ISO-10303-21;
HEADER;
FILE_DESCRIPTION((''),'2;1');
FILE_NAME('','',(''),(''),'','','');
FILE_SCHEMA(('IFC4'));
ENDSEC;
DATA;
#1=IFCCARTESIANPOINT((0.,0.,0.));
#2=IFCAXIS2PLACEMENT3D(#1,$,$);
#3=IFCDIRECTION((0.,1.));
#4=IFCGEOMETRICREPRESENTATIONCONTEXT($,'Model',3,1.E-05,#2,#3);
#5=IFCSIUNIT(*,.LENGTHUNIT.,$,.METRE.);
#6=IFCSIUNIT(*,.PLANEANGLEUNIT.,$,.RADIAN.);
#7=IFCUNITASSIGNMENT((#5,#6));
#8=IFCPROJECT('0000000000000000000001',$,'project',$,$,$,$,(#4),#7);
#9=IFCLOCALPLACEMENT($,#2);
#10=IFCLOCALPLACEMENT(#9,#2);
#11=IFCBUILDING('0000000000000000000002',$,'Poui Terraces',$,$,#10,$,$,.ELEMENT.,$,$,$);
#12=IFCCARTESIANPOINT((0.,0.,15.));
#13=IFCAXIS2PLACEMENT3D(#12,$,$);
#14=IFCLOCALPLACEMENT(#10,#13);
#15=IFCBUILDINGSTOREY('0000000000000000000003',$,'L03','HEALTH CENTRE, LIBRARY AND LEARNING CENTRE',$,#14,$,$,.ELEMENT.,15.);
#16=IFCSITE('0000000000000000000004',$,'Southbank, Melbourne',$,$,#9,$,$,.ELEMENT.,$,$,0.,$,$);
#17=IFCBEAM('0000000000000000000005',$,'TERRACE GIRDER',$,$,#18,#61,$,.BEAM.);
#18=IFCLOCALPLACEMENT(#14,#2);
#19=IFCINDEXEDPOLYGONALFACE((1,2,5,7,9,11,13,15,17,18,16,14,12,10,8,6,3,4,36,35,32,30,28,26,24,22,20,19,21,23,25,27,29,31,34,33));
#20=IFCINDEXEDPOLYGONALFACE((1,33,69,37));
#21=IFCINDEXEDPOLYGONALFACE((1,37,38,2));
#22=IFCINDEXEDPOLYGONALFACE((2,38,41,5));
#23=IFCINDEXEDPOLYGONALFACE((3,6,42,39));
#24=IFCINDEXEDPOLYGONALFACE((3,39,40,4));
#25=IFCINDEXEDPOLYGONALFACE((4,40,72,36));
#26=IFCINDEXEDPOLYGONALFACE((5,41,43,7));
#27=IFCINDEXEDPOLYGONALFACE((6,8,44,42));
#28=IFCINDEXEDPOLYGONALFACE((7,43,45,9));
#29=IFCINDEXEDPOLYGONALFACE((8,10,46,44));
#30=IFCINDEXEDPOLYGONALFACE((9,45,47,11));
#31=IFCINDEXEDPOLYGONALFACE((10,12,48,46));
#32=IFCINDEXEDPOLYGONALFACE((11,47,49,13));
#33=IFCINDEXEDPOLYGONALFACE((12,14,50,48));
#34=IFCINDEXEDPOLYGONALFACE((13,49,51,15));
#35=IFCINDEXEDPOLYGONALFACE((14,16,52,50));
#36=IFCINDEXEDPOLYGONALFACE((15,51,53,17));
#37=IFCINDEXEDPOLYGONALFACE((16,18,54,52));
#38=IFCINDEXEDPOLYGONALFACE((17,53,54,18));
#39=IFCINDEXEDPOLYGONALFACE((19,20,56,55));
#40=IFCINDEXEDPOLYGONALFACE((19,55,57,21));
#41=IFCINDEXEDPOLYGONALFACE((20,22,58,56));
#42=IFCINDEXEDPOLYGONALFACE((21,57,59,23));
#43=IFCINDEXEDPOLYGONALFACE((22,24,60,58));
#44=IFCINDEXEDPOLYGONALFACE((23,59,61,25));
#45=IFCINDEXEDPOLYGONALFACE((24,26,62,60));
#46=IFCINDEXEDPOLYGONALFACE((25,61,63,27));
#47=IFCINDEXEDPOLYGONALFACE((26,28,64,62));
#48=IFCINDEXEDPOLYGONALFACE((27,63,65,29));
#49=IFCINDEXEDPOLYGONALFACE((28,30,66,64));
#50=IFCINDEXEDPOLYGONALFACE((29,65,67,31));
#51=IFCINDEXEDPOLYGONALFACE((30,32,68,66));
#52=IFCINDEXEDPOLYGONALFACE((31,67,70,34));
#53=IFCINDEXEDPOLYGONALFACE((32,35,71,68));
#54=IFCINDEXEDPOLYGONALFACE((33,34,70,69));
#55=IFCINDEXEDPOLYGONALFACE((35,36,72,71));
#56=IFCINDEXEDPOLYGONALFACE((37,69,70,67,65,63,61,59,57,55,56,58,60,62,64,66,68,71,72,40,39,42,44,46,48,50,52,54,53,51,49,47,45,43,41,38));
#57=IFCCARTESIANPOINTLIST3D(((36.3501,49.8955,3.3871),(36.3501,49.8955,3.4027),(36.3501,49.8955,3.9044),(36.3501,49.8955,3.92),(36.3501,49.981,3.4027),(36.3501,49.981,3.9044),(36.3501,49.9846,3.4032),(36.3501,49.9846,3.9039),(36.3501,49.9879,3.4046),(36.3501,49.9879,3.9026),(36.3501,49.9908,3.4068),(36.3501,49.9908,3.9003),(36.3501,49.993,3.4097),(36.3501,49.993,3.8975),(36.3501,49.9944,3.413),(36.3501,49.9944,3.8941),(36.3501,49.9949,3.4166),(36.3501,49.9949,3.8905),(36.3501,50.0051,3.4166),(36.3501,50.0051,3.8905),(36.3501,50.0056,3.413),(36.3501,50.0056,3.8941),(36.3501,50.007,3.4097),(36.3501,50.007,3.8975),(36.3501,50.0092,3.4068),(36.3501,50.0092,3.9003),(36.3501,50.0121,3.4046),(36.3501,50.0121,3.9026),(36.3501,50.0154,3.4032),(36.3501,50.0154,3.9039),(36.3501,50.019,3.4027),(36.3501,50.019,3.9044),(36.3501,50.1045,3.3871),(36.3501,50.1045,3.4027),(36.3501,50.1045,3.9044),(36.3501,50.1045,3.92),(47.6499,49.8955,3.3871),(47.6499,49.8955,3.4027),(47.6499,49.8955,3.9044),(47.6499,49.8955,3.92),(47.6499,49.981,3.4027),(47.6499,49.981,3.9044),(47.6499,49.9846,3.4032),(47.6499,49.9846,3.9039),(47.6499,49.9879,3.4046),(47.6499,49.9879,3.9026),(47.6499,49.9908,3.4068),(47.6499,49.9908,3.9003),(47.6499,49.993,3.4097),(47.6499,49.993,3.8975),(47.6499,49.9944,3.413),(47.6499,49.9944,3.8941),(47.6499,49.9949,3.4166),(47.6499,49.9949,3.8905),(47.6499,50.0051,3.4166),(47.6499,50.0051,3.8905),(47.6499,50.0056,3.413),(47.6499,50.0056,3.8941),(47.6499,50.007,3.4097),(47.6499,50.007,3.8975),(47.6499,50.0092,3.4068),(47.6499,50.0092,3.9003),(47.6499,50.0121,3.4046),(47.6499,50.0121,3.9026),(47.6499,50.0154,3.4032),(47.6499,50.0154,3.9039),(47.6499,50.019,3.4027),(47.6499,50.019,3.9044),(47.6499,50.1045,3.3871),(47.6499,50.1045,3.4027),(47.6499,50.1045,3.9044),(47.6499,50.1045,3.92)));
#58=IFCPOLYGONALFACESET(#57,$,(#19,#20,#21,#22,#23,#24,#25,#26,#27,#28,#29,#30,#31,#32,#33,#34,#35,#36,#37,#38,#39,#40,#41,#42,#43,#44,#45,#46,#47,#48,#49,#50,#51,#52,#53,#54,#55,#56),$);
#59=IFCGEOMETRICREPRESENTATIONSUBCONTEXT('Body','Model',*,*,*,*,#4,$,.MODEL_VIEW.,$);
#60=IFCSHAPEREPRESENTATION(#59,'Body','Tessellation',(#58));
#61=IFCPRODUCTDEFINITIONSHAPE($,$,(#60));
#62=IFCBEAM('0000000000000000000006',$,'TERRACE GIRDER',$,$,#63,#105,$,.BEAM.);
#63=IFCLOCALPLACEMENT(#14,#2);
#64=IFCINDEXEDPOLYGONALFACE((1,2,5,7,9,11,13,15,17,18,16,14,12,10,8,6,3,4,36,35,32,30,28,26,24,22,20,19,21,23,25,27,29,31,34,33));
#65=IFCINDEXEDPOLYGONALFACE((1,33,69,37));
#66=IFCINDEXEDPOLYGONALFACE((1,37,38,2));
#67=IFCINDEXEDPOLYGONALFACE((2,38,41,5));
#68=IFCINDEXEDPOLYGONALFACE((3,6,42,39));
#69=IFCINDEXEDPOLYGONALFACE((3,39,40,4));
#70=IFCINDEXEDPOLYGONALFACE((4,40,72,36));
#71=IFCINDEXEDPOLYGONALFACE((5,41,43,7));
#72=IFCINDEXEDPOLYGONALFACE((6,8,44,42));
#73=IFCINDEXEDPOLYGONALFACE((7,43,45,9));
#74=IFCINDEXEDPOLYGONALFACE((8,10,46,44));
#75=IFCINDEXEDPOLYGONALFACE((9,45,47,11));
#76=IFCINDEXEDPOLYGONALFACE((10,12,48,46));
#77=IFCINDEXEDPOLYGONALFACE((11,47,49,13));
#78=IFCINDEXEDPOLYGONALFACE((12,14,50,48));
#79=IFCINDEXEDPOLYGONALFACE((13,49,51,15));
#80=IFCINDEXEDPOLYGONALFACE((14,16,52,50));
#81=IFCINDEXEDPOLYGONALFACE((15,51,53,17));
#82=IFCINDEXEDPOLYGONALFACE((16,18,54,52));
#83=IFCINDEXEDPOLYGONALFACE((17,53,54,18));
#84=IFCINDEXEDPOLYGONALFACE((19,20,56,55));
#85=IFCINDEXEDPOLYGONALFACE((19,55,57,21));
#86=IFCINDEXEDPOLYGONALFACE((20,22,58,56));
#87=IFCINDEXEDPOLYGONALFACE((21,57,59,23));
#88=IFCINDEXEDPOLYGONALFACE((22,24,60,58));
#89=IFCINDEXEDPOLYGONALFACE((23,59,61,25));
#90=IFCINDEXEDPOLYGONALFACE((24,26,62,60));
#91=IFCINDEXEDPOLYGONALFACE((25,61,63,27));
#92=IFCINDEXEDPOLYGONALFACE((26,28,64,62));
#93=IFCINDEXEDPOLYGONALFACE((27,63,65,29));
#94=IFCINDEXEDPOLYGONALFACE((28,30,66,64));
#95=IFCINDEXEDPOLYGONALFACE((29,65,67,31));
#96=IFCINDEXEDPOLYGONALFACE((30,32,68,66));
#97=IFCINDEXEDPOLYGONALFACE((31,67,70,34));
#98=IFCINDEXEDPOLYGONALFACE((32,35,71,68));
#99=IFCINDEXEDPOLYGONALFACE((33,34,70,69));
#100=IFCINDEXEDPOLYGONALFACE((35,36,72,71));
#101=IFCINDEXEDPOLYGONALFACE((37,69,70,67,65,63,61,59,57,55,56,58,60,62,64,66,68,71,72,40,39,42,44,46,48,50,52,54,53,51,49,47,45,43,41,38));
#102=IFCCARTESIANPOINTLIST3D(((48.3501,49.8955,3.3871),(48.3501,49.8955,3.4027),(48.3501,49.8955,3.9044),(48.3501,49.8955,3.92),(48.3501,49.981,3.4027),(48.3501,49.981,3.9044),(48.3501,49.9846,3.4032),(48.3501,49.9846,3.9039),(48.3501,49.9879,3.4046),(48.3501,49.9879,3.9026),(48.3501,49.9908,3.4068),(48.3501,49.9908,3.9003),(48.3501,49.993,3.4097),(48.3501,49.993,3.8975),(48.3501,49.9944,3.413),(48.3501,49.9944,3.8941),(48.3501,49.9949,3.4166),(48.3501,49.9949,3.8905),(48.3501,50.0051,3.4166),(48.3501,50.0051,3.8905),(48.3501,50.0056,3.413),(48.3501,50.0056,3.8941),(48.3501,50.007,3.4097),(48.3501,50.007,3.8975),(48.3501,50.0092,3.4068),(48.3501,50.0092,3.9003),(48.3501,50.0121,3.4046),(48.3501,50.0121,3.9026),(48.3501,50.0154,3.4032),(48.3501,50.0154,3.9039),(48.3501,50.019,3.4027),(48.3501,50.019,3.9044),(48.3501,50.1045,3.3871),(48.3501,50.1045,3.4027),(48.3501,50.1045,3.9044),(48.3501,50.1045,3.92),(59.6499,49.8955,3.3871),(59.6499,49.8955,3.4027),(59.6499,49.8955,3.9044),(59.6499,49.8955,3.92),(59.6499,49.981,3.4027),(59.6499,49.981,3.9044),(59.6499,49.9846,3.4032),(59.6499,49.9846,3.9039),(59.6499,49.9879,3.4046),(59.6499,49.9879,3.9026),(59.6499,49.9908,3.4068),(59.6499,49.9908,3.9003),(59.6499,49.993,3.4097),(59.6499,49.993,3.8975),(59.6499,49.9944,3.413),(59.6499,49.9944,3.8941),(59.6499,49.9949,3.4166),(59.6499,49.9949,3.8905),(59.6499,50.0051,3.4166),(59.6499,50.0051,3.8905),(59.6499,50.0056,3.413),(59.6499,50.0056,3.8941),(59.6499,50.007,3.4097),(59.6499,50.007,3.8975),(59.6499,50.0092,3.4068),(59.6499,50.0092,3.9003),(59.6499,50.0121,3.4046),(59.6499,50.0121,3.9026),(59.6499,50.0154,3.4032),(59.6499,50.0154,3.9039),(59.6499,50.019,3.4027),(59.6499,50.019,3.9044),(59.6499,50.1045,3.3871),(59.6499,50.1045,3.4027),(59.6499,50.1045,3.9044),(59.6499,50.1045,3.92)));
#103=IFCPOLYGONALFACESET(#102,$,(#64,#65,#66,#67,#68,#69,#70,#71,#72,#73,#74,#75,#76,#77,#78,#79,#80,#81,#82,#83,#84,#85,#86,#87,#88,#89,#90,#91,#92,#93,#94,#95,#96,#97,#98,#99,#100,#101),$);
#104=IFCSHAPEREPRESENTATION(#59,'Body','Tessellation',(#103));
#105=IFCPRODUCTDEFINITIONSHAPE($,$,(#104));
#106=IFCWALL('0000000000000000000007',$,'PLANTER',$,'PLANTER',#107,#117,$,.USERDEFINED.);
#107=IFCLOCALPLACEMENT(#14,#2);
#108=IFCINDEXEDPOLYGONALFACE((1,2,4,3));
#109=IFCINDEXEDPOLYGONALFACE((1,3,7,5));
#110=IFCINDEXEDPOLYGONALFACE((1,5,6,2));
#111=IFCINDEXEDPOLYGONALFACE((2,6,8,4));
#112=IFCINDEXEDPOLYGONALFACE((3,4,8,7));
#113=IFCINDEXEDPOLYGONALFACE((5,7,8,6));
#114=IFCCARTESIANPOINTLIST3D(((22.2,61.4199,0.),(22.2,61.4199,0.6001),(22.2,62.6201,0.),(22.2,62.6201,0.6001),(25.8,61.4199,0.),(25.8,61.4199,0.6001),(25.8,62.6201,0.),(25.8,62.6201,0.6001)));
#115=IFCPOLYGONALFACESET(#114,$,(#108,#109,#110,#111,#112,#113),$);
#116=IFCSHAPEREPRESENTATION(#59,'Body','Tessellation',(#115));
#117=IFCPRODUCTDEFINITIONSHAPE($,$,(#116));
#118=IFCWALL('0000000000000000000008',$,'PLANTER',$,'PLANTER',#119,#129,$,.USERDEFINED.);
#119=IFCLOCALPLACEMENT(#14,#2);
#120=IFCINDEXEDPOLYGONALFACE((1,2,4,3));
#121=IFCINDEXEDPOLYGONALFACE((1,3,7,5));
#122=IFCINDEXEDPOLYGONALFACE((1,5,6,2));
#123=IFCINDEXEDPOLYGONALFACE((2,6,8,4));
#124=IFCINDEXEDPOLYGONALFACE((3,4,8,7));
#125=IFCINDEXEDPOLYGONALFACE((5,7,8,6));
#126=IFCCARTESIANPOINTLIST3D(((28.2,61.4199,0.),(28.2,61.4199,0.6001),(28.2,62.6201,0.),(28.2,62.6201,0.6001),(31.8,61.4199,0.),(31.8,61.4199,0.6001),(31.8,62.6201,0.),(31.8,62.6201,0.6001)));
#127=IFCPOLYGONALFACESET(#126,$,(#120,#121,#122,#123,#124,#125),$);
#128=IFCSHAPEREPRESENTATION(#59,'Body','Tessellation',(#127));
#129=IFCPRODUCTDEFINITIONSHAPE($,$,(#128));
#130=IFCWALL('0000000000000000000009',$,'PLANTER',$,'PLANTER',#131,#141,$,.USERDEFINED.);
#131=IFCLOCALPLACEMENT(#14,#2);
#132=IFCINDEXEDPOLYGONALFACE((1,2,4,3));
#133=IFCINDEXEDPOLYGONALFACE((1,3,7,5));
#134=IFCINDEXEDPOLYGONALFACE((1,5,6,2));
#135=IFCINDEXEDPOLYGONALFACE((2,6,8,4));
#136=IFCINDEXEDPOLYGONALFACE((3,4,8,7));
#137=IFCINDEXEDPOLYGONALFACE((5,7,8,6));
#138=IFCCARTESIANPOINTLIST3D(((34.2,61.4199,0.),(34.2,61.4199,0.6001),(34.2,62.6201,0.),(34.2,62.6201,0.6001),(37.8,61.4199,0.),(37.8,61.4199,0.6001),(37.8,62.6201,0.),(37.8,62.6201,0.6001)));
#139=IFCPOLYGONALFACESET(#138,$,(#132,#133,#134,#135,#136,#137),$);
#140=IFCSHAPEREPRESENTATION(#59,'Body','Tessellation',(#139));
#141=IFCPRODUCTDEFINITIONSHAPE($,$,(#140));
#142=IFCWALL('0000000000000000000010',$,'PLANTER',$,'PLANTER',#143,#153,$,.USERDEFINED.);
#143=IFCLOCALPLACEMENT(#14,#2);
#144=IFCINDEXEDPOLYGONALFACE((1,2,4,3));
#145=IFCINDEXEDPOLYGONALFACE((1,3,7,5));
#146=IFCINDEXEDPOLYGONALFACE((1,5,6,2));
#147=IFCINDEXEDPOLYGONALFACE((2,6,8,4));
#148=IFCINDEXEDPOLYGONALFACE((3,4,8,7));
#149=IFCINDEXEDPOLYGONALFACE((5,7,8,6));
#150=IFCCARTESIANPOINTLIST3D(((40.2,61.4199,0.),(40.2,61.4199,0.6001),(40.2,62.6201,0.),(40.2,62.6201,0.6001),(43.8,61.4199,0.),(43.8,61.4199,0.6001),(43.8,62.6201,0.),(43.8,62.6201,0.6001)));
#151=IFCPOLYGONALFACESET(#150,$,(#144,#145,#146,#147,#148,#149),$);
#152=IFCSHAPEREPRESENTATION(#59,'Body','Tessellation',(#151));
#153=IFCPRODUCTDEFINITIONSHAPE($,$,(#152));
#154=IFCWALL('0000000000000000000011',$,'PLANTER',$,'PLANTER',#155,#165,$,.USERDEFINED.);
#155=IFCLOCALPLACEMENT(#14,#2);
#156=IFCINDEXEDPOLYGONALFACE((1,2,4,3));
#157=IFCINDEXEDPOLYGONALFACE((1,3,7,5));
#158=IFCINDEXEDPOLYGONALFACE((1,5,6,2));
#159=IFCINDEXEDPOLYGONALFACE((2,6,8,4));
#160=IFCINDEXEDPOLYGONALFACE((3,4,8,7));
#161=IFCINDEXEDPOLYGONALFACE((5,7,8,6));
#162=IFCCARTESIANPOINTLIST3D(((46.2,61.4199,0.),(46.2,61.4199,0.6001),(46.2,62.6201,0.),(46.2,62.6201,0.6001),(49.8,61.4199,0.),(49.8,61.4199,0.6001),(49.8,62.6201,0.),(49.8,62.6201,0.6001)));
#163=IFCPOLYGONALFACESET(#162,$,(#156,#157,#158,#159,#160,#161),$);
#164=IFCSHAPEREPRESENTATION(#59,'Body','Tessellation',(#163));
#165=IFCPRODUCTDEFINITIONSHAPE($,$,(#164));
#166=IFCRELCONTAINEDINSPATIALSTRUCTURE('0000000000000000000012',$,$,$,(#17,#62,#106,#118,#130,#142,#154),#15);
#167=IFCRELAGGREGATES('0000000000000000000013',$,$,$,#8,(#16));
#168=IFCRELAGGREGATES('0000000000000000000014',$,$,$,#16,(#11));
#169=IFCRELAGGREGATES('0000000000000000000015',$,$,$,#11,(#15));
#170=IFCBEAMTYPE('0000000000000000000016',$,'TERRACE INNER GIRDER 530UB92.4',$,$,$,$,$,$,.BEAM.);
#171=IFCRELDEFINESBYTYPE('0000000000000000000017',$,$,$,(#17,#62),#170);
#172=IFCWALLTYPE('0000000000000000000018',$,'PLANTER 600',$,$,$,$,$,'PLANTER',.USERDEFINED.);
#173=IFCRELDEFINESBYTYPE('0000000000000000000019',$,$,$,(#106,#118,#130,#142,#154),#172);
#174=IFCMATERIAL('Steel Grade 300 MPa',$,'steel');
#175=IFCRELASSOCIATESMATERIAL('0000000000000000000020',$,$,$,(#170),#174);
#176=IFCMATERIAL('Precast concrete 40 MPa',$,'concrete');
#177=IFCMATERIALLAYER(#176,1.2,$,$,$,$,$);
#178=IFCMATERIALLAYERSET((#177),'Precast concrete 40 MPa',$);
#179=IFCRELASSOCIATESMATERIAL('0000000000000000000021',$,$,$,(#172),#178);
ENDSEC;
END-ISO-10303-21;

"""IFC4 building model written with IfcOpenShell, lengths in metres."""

from ifc_helpers import new_model, si_unit, direction, frame, origin, origin_2d, place, context, subcontext, project, spatial, polyline, i_section, outline, extrude, source, transform, mapped, material, layer, layer_set, material_profile, profile_set, type_object, element, save


model = new_model("IFC4")

# Units and contexts
model_context = context("Model", 3, precision=1e-05, world=origin(), true_north=direction((0.0, 1.0)))
body_context = subcontext(model_context, "Body", "Model", "MODEL_VIEW")
ifc_project = project(units=[si_unit("LENGTHUNIT", "METRE"), si_unit("PLANEANGLEUNIT", "RADIAN")], contexts=[model_context])

# Site, building, storey
site_placement = place(None, origin())
site = spatial("IfcSite", under=ifc_project, at=site_placement, Name="Southbank, Melbourne", CompositionType="ELEMENT", RefElevation=0.0)
building_placement = place(site_placement, origin())
building = spatial("IfcBuilding", under=site, at=building_placement, Name="Poui Terraces", CompositionType="ELEMENT")
storey_placement = place(building_placement, frame((0.0, 0.0, 15.0)))
storey = spatial("IfcBuildingStorey", under=building, at=storey_placement, Name="L03", Description="HEALTH CENTRE, LIBRARY AND LEARNING CENTRE", CompositionType="ELEMENT", Elevation=15.0)

# Beams
ifc_material_1 = material(Name="Steel Grade 300 MPa", Category="steel")
ifc_material_profile_1 = material_profile(ifc_material_1, i_section(OverallWidth=0.209, OverallDepth=0.533, WebThickness=0.0103, FlangeThickness=0.0156, FilletRadius=0.0139, at=origin_2d()), Name="530UB92.4")
ifc_profile_set_1 = profile_set([ifc_material_profile_1], Name="Steel Grade 300 MPa")
beam_type_1 = type_object("IfcBeamType", Name="TERRACE INNER GIRDER 530UB92.4", PredefinedType="BEAM", material=ifc_profile_set_1)
shared_shape_1 = source(origin(), body_context, "Body", "SweptSolid", [
    extrude(i_section(OverallWidth=0.209, OverallDepth=0.533, WebThickness=0.0103, FlangeThickness=0.0156, FilletRadius=0.0139, at=origin_2d()), origin(), (0.0, 0.0, 1.0), 11.2998),
])
for number, where, z_axis, x_axis, name in (
    (1, (36.3501, 50.0, 3.6536), (1.0, 0.0, 0.0), (0.0, 1.0, 0.0), "TERRACE GIRDER"),
    (2, (48.3501, 50.0, 3.6536), (1.0, 0.0, 0.0), (0.0, 1.0, 0.0), "TERRACE GIRDER"),
):
    element("IfcBeam", number, at=place(storey_placement, frame(where, z_axis=z_axis, x_axis=x_axis)), inside=storey, type_object=beam_type_1, Name=name, PredefinedType="BEAM", context=body_context, shape_type="MappedRepresentation", body=[
        mapped(shared_shape_1, transform((0.0, 0.0, 0.0))),
    ])

# Walls
ifc_material_2 = material(Name="Precast concrete 40 MPa", Category="concrete")
ifc_layer = layer(ifc_material_2, 1.2)
ifc_layer_set = layer_set([ifc_layer], Name="Precast concrete 40 MPa")
wall_type = type_object("IfcWallType", Name="PLANTER 600", ElementType="PLANTER", PredefinedType="USERDEFINED", material=ifc_layer_set)
shared_shape_2 = source(origin(), body_context, "Body", "SweptSolid", [
    extrude(outline(polyline([(0.0, 0.0), (3.6001, 0.0), (3.6001, 1.2002), (0.0, 1.2002), (0.0, 0.0)])), origin(), (0.0, 0.0, 1.0), 0.6001),
])
for number, where, name in (
    (3, (22.2, 61.4199, 0.0), "PLANTER"),
    (4, (28.2, 61.4199, 0.0), "PLANTER"),
    (5, (34.2, 61.4199, 0.0), "PLANTER"),
    (6, (40.2, 61.4199, 0.0), "PLANTER"),
    (7, (46.2, 61.4199, 0.0), "PLANTER"),
):
    element("IfcWall", number, at=place(storey_placement, frame(where)), inside=storey, type_object=wall_type, Name=name, ObjectType="PLANTER", PredefinedType="USERDEFINED", context=body_context, shape_type="MappedRepresentation", body=[
        mapped(shared_shape_2, transform((0.0, 0.0, 0.0))),
    ])

save(model, "model.ifc")
